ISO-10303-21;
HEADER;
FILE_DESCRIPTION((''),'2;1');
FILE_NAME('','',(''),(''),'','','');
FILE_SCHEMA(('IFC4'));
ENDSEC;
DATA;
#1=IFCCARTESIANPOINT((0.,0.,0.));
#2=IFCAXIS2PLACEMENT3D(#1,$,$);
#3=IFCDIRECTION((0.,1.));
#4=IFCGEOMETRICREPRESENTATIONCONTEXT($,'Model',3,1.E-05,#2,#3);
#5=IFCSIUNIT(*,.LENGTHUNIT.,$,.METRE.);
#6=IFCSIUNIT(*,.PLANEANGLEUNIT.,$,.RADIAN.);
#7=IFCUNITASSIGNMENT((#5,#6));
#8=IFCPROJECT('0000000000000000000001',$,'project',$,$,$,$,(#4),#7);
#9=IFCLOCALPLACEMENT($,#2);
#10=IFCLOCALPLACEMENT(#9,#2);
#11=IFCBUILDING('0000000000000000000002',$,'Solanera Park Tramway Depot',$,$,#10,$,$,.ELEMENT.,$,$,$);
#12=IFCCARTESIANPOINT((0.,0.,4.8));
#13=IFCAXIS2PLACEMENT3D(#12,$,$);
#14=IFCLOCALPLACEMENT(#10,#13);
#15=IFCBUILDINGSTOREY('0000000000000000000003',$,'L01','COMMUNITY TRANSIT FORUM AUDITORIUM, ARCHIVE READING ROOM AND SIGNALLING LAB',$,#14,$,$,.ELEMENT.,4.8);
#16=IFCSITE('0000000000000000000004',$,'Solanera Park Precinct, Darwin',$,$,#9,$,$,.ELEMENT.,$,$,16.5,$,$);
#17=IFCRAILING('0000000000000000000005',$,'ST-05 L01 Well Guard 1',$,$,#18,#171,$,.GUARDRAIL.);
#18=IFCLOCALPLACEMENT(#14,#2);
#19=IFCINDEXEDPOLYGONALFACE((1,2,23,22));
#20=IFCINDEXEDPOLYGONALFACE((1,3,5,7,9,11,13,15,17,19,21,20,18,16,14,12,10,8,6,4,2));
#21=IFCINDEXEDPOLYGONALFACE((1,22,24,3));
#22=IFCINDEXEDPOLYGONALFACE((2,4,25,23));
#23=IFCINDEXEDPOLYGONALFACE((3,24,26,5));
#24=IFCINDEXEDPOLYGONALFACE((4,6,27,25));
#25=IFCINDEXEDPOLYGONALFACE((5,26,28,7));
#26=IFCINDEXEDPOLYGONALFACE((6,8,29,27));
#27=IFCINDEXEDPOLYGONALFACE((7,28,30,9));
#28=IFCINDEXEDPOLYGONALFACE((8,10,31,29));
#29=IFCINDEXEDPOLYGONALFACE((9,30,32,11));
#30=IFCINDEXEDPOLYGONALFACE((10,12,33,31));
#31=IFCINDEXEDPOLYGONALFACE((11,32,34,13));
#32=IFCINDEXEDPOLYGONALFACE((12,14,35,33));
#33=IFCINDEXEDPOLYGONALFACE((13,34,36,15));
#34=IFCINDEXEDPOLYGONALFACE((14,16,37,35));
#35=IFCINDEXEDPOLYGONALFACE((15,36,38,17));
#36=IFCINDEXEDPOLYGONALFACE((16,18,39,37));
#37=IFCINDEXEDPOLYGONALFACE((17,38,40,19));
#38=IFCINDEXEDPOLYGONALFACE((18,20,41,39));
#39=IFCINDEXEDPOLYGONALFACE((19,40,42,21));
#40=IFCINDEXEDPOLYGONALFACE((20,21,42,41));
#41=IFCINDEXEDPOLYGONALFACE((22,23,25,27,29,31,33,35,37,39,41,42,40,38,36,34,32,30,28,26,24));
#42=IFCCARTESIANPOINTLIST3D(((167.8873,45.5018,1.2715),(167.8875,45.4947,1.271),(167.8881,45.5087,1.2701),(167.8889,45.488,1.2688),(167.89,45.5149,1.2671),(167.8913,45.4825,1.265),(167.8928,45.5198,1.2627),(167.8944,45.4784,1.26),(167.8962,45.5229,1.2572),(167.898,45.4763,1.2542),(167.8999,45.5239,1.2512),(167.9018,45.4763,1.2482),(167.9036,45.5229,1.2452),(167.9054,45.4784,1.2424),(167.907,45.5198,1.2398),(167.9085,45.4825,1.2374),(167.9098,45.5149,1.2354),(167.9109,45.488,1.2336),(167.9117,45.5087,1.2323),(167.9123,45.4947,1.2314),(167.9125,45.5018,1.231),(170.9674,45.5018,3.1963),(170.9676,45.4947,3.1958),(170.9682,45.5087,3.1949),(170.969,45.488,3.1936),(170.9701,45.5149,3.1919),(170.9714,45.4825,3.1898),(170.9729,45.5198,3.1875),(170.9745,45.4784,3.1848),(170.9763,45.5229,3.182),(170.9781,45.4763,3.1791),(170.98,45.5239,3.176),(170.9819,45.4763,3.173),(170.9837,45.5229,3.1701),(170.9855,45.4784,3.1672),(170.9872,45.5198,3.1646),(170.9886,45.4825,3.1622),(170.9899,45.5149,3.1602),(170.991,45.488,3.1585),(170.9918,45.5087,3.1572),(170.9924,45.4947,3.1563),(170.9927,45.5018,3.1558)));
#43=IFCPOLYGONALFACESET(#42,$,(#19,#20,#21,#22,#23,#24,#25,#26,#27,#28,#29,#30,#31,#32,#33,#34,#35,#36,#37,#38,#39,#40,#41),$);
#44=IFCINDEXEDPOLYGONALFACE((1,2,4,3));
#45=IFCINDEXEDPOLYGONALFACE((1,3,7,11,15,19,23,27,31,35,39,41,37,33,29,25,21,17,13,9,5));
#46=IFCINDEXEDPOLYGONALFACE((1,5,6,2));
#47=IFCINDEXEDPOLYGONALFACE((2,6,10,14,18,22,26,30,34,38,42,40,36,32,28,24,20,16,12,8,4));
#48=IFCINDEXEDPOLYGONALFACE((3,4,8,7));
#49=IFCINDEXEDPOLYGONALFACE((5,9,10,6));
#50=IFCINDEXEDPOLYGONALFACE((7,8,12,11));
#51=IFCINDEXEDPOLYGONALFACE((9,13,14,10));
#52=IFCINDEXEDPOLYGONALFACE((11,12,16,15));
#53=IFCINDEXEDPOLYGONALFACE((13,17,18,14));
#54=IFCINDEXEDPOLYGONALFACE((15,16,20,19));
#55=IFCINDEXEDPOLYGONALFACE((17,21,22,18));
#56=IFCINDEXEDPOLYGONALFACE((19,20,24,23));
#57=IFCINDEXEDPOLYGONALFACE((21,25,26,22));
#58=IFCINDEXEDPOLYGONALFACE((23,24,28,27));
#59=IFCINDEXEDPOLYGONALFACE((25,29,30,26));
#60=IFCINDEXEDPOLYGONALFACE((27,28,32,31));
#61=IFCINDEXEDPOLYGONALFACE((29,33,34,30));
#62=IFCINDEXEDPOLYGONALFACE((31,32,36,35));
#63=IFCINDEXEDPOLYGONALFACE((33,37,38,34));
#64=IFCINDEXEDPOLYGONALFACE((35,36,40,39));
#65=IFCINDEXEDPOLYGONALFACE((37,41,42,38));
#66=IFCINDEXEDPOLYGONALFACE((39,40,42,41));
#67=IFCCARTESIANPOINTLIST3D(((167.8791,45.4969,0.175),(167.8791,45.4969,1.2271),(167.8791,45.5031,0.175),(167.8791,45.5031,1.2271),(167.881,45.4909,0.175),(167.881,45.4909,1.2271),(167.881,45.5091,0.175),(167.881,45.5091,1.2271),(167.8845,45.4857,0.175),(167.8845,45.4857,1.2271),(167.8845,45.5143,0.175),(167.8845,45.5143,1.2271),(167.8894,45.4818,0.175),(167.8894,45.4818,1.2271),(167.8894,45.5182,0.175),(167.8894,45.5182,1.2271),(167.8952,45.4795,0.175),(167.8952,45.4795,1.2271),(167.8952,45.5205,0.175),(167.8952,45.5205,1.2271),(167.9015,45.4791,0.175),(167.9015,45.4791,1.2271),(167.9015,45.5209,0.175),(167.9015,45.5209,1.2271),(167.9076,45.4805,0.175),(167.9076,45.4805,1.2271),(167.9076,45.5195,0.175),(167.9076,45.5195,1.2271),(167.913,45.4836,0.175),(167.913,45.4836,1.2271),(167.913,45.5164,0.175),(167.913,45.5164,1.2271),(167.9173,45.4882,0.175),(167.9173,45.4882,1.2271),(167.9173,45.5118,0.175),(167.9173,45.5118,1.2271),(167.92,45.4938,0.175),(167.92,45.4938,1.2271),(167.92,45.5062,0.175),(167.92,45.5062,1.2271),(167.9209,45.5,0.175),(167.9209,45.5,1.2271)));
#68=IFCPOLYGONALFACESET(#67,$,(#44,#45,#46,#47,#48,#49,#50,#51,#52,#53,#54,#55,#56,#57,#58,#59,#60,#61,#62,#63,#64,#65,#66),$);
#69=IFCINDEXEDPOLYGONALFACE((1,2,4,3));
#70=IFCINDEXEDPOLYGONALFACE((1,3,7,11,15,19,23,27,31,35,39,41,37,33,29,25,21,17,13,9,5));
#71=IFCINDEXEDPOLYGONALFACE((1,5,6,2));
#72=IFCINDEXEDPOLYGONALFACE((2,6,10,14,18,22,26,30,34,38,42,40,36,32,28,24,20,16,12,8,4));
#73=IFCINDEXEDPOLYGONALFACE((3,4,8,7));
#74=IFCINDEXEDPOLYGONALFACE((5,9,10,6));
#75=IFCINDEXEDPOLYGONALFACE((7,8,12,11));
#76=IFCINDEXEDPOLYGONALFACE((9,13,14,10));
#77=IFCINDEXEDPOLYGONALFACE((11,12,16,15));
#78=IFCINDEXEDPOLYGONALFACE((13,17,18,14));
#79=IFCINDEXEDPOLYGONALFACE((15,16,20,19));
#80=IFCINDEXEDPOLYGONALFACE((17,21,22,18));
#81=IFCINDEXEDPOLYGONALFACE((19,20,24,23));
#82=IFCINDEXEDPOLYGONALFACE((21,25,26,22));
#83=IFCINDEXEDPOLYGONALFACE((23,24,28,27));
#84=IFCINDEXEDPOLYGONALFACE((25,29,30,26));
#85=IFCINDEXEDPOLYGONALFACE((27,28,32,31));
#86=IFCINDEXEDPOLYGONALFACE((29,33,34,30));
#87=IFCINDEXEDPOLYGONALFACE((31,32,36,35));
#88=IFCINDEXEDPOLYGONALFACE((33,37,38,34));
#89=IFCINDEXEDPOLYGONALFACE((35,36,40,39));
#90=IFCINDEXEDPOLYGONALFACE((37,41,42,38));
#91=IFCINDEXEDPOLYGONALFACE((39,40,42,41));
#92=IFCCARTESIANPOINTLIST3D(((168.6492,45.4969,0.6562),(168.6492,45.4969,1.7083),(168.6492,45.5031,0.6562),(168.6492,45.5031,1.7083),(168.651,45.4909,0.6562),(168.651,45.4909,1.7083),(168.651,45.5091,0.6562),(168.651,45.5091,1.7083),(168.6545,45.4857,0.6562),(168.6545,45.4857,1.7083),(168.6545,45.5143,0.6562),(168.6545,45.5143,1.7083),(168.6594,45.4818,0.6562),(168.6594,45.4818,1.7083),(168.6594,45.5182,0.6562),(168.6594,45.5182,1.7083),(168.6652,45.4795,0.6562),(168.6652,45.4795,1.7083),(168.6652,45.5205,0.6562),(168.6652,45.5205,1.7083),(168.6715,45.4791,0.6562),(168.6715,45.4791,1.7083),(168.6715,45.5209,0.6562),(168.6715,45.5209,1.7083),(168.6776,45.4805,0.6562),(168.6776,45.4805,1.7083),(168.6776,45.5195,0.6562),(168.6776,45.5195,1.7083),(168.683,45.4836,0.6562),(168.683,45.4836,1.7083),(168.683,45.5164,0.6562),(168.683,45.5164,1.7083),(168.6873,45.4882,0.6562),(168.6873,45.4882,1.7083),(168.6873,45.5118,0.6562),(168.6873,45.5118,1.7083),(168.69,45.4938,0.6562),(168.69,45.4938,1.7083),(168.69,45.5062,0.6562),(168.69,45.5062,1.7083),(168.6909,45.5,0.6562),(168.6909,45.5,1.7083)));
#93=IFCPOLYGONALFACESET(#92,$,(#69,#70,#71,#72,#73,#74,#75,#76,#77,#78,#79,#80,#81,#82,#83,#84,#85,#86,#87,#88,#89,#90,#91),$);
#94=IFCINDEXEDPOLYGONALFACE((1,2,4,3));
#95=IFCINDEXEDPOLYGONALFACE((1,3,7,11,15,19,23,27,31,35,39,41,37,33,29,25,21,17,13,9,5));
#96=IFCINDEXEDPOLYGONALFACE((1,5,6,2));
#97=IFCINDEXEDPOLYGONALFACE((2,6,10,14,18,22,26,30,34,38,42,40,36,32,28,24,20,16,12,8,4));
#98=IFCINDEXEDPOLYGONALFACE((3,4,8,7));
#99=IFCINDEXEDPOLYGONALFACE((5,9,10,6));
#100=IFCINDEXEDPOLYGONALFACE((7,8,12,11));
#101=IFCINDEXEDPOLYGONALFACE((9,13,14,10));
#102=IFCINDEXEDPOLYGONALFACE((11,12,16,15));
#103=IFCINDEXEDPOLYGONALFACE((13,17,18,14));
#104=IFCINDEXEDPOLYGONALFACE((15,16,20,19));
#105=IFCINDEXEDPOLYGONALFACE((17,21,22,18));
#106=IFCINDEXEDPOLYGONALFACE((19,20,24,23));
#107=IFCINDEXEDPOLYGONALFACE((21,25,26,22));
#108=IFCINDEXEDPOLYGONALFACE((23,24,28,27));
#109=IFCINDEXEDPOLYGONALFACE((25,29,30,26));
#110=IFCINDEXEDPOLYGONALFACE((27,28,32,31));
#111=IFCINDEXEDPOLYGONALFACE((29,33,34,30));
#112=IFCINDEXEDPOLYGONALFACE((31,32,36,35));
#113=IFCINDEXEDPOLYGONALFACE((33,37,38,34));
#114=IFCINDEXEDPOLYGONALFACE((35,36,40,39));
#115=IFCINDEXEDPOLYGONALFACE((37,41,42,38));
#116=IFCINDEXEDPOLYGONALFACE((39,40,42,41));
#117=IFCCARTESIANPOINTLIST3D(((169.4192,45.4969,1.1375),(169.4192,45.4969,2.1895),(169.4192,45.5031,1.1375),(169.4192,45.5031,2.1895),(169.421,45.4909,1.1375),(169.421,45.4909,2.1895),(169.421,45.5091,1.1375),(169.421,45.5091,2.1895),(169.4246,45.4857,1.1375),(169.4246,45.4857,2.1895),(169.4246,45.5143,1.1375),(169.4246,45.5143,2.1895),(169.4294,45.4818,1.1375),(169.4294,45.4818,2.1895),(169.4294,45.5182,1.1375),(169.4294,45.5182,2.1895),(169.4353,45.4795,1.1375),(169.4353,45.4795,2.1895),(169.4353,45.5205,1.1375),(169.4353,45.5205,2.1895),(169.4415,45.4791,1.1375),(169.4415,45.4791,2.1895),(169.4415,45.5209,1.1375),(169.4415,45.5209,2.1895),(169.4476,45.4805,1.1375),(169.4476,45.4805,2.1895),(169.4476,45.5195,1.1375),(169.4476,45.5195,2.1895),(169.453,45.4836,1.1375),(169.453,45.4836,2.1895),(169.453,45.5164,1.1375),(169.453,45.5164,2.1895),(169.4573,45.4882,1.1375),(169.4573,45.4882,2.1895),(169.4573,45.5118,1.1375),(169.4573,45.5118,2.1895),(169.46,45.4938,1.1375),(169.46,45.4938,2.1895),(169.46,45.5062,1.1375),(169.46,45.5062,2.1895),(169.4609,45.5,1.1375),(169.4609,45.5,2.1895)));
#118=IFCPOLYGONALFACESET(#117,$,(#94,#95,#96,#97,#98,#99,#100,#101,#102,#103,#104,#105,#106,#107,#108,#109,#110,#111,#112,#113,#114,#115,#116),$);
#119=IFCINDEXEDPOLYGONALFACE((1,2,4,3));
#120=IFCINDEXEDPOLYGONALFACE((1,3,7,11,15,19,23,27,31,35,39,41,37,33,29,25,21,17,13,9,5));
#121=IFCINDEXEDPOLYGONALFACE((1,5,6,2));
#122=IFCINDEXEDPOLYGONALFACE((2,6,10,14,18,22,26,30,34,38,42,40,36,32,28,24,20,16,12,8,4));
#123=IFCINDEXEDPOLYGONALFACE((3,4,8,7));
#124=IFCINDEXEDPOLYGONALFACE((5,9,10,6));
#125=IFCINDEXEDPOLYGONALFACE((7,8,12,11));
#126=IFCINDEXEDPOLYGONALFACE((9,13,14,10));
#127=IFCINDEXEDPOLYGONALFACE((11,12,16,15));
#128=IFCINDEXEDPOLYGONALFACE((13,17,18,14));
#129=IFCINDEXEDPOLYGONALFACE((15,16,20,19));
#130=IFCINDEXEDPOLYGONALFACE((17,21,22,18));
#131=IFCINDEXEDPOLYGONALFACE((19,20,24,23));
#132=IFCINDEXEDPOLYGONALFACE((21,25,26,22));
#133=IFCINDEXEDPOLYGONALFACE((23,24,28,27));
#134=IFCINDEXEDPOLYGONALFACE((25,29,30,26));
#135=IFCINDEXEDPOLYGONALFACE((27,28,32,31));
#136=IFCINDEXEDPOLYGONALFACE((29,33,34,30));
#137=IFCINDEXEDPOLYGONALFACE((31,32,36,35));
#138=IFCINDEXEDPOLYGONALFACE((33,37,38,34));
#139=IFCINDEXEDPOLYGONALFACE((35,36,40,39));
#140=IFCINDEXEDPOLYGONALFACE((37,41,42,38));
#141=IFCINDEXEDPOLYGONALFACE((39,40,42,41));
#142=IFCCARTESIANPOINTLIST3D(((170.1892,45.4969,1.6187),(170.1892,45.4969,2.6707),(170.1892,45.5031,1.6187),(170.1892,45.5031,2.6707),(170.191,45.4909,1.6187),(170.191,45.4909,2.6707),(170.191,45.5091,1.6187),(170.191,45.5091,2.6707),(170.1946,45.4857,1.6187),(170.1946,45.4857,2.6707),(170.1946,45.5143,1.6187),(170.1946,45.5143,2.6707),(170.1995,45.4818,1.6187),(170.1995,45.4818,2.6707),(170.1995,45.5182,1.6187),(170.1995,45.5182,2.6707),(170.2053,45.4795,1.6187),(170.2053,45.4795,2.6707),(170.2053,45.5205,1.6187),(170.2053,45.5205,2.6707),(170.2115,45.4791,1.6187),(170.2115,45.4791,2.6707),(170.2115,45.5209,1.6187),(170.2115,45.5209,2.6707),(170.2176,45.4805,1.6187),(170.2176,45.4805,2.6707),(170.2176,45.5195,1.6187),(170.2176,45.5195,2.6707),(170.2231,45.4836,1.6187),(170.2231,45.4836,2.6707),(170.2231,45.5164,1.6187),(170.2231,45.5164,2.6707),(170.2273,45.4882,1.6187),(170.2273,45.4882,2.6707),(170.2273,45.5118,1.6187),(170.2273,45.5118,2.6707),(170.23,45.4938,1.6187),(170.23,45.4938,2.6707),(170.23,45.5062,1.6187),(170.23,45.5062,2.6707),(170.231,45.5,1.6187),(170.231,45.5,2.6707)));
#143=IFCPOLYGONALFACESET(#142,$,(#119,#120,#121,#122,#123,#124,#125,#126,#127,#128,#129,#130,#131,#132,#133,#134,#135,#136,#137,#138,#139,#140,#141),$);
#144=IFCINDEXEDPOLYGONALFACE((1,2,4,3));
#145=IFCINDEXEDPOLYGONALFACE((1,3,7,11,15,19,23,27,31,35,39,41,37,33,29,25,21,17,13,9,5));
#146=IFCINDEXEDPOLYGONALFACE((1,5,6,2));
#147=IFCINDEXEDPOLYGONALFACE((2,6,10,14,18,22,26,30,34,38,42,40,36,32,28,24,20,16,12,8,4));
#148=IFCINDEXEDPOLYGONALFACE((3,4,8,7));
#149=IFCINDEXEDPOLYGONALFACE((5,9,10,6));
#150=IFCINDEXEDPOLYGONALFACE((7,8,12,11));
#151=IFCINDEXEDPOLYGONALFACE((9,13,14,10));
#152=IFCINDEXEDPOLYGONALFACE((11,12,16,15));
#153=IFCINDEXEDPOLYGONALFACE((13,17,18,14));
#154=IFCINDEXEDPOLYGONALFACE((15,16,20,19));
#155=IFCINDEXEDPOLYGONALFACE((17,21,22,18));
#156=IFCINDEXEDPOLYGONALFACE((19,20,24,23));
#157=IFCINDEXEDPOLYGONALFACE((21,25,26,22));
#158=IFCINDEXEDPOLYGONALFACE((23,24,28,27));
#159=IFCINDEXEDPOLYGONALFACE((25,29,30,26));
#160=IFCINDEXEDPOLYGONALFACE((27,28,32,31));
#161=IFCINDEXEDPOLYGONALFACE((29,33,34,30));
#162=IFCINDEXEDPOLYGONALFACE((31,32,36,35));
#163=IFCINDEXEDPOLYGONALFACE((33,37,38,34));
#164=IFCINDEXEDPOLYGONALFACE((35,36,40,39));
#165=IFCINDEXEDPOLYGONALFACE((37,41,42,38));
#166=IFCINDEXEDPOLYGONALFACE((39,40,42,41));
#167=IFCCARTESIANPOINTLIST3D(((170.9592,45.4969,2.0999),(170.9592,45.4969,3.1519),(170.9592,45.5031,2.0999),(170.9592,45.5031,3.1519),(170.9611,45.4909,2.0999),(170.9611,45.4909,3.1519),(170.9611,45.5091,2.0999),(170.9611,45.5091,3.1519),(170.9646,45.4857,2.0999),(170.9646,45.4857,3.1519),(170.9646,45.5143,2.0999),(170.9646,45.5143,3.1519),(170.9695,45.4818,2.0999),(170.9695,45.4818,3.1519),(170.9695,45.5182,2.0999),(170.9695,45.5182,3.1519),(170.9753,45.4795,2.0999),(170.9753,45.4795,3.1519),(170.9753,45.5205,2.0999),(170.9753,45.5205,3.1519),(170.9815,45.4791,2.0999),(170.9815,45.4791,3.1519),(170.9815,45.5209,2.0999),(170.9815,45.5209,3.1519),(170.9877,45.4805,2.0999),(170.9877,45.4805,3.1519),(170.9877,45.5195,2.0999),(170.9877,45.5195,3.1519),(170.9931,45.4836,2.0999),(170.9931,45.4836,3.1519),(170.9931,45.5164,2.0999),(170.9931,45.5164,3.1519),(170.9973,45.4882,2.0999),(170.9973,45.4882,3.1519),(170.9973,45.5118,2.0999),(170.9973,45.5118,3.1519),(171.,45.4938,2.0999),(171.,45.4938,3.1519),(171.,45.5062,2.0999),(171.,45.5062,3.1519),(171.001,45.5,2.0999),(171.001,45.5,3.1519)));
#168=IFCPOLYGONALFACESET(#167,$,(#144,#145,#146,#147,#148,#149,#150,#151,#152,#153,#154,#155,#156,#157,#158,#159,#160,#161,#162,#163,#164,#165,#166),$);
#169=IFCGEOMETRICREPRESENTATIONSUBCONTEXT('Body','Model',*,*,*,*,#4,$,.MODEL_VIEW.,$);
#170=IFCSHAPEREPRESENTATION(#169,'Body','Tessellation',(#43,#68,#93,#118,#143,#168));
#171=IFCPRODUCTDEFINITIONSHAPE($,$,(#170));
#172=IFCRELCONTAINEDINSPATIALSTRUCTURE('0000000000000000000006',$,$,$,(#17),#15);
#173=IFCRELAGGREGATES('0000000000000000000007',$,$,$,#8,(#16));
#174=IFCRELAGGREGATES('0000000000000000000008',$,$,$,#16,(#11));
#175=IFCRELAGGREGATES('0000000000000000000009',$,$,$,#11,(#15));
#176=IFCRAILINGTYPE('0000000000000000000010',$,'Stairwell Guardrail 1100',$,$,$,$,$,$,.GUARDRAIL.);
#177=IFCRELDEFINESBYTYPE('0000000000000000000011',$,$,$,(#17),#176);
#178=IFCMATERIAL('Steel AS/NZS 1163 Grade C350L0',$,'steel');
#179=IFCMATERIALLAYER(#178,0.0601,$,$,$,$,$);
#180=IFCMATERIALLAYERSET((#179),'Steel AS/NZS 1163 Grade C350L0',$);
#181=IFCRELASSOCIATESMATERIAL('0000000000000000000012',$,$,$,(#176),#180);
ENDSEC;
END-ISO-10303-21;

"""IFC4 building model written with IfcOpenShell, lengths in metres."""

from ifc_helpers import new_model, si_unit, direction, frame, origin, origin_2d, place, context, subcontext, project, spatial, circle, extrude, material, layer, layer_set, type_object, element, save


model = new_model("IFC4")

# Units and contexts
model_context = context("Model", 3, precision=1e-05, world=origin(), true_north=direction((0.0, 1.0)))
body_context = subcontext(model_context, "Body", "Model", "MODEL_VIEW")
ifc_project = project(units=[si_unit("LENGTHUNIT", "METRE"), si_unit("PLANEANGLEUNIT", "RADIAN")], contexts=[model_context])

# Site, building, storey
site_placement = place(None, origin())
site = spatial("IfcSite", under=ifc_project, at=site_placement, Name="Solanera Park Precinct, Darwin", CompositionType="ELEMENT", RefElevation=16.5)
building_placement = place(site_placement, origin())
building = spatial("IfcBuilding", under=site, at=building_placement, Name="Solanera Park Tramway Depot", CompositionType="ELEMENT")
storey_placement = place(building_placement, frame((0.0, 0.0, 4.8)))
storey = spatial("IfcBuildingStorey", under=building, at=storey_placement, Name="L01", Description="COMMUNITY TRANSIT FORUM AUDITORIUM, ARCHIVE READING ROOM AND SIGNALLING LAB", CompositionType="ELEMENT", Elevation=4.8)

# Railing
ifc_material_1 = material(Name="Steel AS/NZS 1163 Grade C350L0", Category="steel")
ifc_layer_1 = layer(ifc_material_1, 0.0601)
ifc_layer_set_1 = layer_set([ifc_layer_1], Name="Steel AS/NZS 1163 Grade C350L0")
railing_type_1 = type_object("IfcRailingType", Name="Stairwell Guardrail 1100", PredefinedType="GUARDRAIL", material=ifc_layer_set_1)
railing_1_placement = place(storey_placement, frame((167.8999, 45.5, 0.175)))
element("IfcRailing", 1, at=railing_1_placement, inside=storey, type_object=railing_type_1, Name="ST-05 L01 Well Guard 1", PredefinedType="GUARDRAIL", context=body_context, shape_type="SweptSolid", body=[
    extrude(circle(Radius=0.0239, at=origin_2d()), frame((0.0, 0.0, 1.0762), z_axis=(0.848029, 0.0, 0.529951), x_axis=(0.0, 1.0, 0.0)), (0.0, 0.0, 1.0), 3.6321),
    extrude(circle(Radius=0.021, at=origin_2d()), origin(), (0.0, 0.0, 1.0), 1.052),
    extrude(circle(Radius=0.021, at=origin_2d()), frame((0.77, 0.0, 0.4812)), (0.0, 0.0, 1.0), 1.052),
    extrude(circle(Radius=0.021, at=origin_2d()), frame((1.54, 0.0, 0.9624)), (0.0, 0.0, 1.0), 1.052),
    extrude(circle(Radius=0.021, at=origin_2d()), frame((2.3101, 0.0, 1.4436)), (0.0, 0.0, 1.0), 1.052),
    extrude(circle(Radius=0.021, at=origin_2d()), frame((3.0801, 0.0, 1.9248)), (0.0, 0.0, 1.0), 1.052),
])

save(model, "model.ifc")
